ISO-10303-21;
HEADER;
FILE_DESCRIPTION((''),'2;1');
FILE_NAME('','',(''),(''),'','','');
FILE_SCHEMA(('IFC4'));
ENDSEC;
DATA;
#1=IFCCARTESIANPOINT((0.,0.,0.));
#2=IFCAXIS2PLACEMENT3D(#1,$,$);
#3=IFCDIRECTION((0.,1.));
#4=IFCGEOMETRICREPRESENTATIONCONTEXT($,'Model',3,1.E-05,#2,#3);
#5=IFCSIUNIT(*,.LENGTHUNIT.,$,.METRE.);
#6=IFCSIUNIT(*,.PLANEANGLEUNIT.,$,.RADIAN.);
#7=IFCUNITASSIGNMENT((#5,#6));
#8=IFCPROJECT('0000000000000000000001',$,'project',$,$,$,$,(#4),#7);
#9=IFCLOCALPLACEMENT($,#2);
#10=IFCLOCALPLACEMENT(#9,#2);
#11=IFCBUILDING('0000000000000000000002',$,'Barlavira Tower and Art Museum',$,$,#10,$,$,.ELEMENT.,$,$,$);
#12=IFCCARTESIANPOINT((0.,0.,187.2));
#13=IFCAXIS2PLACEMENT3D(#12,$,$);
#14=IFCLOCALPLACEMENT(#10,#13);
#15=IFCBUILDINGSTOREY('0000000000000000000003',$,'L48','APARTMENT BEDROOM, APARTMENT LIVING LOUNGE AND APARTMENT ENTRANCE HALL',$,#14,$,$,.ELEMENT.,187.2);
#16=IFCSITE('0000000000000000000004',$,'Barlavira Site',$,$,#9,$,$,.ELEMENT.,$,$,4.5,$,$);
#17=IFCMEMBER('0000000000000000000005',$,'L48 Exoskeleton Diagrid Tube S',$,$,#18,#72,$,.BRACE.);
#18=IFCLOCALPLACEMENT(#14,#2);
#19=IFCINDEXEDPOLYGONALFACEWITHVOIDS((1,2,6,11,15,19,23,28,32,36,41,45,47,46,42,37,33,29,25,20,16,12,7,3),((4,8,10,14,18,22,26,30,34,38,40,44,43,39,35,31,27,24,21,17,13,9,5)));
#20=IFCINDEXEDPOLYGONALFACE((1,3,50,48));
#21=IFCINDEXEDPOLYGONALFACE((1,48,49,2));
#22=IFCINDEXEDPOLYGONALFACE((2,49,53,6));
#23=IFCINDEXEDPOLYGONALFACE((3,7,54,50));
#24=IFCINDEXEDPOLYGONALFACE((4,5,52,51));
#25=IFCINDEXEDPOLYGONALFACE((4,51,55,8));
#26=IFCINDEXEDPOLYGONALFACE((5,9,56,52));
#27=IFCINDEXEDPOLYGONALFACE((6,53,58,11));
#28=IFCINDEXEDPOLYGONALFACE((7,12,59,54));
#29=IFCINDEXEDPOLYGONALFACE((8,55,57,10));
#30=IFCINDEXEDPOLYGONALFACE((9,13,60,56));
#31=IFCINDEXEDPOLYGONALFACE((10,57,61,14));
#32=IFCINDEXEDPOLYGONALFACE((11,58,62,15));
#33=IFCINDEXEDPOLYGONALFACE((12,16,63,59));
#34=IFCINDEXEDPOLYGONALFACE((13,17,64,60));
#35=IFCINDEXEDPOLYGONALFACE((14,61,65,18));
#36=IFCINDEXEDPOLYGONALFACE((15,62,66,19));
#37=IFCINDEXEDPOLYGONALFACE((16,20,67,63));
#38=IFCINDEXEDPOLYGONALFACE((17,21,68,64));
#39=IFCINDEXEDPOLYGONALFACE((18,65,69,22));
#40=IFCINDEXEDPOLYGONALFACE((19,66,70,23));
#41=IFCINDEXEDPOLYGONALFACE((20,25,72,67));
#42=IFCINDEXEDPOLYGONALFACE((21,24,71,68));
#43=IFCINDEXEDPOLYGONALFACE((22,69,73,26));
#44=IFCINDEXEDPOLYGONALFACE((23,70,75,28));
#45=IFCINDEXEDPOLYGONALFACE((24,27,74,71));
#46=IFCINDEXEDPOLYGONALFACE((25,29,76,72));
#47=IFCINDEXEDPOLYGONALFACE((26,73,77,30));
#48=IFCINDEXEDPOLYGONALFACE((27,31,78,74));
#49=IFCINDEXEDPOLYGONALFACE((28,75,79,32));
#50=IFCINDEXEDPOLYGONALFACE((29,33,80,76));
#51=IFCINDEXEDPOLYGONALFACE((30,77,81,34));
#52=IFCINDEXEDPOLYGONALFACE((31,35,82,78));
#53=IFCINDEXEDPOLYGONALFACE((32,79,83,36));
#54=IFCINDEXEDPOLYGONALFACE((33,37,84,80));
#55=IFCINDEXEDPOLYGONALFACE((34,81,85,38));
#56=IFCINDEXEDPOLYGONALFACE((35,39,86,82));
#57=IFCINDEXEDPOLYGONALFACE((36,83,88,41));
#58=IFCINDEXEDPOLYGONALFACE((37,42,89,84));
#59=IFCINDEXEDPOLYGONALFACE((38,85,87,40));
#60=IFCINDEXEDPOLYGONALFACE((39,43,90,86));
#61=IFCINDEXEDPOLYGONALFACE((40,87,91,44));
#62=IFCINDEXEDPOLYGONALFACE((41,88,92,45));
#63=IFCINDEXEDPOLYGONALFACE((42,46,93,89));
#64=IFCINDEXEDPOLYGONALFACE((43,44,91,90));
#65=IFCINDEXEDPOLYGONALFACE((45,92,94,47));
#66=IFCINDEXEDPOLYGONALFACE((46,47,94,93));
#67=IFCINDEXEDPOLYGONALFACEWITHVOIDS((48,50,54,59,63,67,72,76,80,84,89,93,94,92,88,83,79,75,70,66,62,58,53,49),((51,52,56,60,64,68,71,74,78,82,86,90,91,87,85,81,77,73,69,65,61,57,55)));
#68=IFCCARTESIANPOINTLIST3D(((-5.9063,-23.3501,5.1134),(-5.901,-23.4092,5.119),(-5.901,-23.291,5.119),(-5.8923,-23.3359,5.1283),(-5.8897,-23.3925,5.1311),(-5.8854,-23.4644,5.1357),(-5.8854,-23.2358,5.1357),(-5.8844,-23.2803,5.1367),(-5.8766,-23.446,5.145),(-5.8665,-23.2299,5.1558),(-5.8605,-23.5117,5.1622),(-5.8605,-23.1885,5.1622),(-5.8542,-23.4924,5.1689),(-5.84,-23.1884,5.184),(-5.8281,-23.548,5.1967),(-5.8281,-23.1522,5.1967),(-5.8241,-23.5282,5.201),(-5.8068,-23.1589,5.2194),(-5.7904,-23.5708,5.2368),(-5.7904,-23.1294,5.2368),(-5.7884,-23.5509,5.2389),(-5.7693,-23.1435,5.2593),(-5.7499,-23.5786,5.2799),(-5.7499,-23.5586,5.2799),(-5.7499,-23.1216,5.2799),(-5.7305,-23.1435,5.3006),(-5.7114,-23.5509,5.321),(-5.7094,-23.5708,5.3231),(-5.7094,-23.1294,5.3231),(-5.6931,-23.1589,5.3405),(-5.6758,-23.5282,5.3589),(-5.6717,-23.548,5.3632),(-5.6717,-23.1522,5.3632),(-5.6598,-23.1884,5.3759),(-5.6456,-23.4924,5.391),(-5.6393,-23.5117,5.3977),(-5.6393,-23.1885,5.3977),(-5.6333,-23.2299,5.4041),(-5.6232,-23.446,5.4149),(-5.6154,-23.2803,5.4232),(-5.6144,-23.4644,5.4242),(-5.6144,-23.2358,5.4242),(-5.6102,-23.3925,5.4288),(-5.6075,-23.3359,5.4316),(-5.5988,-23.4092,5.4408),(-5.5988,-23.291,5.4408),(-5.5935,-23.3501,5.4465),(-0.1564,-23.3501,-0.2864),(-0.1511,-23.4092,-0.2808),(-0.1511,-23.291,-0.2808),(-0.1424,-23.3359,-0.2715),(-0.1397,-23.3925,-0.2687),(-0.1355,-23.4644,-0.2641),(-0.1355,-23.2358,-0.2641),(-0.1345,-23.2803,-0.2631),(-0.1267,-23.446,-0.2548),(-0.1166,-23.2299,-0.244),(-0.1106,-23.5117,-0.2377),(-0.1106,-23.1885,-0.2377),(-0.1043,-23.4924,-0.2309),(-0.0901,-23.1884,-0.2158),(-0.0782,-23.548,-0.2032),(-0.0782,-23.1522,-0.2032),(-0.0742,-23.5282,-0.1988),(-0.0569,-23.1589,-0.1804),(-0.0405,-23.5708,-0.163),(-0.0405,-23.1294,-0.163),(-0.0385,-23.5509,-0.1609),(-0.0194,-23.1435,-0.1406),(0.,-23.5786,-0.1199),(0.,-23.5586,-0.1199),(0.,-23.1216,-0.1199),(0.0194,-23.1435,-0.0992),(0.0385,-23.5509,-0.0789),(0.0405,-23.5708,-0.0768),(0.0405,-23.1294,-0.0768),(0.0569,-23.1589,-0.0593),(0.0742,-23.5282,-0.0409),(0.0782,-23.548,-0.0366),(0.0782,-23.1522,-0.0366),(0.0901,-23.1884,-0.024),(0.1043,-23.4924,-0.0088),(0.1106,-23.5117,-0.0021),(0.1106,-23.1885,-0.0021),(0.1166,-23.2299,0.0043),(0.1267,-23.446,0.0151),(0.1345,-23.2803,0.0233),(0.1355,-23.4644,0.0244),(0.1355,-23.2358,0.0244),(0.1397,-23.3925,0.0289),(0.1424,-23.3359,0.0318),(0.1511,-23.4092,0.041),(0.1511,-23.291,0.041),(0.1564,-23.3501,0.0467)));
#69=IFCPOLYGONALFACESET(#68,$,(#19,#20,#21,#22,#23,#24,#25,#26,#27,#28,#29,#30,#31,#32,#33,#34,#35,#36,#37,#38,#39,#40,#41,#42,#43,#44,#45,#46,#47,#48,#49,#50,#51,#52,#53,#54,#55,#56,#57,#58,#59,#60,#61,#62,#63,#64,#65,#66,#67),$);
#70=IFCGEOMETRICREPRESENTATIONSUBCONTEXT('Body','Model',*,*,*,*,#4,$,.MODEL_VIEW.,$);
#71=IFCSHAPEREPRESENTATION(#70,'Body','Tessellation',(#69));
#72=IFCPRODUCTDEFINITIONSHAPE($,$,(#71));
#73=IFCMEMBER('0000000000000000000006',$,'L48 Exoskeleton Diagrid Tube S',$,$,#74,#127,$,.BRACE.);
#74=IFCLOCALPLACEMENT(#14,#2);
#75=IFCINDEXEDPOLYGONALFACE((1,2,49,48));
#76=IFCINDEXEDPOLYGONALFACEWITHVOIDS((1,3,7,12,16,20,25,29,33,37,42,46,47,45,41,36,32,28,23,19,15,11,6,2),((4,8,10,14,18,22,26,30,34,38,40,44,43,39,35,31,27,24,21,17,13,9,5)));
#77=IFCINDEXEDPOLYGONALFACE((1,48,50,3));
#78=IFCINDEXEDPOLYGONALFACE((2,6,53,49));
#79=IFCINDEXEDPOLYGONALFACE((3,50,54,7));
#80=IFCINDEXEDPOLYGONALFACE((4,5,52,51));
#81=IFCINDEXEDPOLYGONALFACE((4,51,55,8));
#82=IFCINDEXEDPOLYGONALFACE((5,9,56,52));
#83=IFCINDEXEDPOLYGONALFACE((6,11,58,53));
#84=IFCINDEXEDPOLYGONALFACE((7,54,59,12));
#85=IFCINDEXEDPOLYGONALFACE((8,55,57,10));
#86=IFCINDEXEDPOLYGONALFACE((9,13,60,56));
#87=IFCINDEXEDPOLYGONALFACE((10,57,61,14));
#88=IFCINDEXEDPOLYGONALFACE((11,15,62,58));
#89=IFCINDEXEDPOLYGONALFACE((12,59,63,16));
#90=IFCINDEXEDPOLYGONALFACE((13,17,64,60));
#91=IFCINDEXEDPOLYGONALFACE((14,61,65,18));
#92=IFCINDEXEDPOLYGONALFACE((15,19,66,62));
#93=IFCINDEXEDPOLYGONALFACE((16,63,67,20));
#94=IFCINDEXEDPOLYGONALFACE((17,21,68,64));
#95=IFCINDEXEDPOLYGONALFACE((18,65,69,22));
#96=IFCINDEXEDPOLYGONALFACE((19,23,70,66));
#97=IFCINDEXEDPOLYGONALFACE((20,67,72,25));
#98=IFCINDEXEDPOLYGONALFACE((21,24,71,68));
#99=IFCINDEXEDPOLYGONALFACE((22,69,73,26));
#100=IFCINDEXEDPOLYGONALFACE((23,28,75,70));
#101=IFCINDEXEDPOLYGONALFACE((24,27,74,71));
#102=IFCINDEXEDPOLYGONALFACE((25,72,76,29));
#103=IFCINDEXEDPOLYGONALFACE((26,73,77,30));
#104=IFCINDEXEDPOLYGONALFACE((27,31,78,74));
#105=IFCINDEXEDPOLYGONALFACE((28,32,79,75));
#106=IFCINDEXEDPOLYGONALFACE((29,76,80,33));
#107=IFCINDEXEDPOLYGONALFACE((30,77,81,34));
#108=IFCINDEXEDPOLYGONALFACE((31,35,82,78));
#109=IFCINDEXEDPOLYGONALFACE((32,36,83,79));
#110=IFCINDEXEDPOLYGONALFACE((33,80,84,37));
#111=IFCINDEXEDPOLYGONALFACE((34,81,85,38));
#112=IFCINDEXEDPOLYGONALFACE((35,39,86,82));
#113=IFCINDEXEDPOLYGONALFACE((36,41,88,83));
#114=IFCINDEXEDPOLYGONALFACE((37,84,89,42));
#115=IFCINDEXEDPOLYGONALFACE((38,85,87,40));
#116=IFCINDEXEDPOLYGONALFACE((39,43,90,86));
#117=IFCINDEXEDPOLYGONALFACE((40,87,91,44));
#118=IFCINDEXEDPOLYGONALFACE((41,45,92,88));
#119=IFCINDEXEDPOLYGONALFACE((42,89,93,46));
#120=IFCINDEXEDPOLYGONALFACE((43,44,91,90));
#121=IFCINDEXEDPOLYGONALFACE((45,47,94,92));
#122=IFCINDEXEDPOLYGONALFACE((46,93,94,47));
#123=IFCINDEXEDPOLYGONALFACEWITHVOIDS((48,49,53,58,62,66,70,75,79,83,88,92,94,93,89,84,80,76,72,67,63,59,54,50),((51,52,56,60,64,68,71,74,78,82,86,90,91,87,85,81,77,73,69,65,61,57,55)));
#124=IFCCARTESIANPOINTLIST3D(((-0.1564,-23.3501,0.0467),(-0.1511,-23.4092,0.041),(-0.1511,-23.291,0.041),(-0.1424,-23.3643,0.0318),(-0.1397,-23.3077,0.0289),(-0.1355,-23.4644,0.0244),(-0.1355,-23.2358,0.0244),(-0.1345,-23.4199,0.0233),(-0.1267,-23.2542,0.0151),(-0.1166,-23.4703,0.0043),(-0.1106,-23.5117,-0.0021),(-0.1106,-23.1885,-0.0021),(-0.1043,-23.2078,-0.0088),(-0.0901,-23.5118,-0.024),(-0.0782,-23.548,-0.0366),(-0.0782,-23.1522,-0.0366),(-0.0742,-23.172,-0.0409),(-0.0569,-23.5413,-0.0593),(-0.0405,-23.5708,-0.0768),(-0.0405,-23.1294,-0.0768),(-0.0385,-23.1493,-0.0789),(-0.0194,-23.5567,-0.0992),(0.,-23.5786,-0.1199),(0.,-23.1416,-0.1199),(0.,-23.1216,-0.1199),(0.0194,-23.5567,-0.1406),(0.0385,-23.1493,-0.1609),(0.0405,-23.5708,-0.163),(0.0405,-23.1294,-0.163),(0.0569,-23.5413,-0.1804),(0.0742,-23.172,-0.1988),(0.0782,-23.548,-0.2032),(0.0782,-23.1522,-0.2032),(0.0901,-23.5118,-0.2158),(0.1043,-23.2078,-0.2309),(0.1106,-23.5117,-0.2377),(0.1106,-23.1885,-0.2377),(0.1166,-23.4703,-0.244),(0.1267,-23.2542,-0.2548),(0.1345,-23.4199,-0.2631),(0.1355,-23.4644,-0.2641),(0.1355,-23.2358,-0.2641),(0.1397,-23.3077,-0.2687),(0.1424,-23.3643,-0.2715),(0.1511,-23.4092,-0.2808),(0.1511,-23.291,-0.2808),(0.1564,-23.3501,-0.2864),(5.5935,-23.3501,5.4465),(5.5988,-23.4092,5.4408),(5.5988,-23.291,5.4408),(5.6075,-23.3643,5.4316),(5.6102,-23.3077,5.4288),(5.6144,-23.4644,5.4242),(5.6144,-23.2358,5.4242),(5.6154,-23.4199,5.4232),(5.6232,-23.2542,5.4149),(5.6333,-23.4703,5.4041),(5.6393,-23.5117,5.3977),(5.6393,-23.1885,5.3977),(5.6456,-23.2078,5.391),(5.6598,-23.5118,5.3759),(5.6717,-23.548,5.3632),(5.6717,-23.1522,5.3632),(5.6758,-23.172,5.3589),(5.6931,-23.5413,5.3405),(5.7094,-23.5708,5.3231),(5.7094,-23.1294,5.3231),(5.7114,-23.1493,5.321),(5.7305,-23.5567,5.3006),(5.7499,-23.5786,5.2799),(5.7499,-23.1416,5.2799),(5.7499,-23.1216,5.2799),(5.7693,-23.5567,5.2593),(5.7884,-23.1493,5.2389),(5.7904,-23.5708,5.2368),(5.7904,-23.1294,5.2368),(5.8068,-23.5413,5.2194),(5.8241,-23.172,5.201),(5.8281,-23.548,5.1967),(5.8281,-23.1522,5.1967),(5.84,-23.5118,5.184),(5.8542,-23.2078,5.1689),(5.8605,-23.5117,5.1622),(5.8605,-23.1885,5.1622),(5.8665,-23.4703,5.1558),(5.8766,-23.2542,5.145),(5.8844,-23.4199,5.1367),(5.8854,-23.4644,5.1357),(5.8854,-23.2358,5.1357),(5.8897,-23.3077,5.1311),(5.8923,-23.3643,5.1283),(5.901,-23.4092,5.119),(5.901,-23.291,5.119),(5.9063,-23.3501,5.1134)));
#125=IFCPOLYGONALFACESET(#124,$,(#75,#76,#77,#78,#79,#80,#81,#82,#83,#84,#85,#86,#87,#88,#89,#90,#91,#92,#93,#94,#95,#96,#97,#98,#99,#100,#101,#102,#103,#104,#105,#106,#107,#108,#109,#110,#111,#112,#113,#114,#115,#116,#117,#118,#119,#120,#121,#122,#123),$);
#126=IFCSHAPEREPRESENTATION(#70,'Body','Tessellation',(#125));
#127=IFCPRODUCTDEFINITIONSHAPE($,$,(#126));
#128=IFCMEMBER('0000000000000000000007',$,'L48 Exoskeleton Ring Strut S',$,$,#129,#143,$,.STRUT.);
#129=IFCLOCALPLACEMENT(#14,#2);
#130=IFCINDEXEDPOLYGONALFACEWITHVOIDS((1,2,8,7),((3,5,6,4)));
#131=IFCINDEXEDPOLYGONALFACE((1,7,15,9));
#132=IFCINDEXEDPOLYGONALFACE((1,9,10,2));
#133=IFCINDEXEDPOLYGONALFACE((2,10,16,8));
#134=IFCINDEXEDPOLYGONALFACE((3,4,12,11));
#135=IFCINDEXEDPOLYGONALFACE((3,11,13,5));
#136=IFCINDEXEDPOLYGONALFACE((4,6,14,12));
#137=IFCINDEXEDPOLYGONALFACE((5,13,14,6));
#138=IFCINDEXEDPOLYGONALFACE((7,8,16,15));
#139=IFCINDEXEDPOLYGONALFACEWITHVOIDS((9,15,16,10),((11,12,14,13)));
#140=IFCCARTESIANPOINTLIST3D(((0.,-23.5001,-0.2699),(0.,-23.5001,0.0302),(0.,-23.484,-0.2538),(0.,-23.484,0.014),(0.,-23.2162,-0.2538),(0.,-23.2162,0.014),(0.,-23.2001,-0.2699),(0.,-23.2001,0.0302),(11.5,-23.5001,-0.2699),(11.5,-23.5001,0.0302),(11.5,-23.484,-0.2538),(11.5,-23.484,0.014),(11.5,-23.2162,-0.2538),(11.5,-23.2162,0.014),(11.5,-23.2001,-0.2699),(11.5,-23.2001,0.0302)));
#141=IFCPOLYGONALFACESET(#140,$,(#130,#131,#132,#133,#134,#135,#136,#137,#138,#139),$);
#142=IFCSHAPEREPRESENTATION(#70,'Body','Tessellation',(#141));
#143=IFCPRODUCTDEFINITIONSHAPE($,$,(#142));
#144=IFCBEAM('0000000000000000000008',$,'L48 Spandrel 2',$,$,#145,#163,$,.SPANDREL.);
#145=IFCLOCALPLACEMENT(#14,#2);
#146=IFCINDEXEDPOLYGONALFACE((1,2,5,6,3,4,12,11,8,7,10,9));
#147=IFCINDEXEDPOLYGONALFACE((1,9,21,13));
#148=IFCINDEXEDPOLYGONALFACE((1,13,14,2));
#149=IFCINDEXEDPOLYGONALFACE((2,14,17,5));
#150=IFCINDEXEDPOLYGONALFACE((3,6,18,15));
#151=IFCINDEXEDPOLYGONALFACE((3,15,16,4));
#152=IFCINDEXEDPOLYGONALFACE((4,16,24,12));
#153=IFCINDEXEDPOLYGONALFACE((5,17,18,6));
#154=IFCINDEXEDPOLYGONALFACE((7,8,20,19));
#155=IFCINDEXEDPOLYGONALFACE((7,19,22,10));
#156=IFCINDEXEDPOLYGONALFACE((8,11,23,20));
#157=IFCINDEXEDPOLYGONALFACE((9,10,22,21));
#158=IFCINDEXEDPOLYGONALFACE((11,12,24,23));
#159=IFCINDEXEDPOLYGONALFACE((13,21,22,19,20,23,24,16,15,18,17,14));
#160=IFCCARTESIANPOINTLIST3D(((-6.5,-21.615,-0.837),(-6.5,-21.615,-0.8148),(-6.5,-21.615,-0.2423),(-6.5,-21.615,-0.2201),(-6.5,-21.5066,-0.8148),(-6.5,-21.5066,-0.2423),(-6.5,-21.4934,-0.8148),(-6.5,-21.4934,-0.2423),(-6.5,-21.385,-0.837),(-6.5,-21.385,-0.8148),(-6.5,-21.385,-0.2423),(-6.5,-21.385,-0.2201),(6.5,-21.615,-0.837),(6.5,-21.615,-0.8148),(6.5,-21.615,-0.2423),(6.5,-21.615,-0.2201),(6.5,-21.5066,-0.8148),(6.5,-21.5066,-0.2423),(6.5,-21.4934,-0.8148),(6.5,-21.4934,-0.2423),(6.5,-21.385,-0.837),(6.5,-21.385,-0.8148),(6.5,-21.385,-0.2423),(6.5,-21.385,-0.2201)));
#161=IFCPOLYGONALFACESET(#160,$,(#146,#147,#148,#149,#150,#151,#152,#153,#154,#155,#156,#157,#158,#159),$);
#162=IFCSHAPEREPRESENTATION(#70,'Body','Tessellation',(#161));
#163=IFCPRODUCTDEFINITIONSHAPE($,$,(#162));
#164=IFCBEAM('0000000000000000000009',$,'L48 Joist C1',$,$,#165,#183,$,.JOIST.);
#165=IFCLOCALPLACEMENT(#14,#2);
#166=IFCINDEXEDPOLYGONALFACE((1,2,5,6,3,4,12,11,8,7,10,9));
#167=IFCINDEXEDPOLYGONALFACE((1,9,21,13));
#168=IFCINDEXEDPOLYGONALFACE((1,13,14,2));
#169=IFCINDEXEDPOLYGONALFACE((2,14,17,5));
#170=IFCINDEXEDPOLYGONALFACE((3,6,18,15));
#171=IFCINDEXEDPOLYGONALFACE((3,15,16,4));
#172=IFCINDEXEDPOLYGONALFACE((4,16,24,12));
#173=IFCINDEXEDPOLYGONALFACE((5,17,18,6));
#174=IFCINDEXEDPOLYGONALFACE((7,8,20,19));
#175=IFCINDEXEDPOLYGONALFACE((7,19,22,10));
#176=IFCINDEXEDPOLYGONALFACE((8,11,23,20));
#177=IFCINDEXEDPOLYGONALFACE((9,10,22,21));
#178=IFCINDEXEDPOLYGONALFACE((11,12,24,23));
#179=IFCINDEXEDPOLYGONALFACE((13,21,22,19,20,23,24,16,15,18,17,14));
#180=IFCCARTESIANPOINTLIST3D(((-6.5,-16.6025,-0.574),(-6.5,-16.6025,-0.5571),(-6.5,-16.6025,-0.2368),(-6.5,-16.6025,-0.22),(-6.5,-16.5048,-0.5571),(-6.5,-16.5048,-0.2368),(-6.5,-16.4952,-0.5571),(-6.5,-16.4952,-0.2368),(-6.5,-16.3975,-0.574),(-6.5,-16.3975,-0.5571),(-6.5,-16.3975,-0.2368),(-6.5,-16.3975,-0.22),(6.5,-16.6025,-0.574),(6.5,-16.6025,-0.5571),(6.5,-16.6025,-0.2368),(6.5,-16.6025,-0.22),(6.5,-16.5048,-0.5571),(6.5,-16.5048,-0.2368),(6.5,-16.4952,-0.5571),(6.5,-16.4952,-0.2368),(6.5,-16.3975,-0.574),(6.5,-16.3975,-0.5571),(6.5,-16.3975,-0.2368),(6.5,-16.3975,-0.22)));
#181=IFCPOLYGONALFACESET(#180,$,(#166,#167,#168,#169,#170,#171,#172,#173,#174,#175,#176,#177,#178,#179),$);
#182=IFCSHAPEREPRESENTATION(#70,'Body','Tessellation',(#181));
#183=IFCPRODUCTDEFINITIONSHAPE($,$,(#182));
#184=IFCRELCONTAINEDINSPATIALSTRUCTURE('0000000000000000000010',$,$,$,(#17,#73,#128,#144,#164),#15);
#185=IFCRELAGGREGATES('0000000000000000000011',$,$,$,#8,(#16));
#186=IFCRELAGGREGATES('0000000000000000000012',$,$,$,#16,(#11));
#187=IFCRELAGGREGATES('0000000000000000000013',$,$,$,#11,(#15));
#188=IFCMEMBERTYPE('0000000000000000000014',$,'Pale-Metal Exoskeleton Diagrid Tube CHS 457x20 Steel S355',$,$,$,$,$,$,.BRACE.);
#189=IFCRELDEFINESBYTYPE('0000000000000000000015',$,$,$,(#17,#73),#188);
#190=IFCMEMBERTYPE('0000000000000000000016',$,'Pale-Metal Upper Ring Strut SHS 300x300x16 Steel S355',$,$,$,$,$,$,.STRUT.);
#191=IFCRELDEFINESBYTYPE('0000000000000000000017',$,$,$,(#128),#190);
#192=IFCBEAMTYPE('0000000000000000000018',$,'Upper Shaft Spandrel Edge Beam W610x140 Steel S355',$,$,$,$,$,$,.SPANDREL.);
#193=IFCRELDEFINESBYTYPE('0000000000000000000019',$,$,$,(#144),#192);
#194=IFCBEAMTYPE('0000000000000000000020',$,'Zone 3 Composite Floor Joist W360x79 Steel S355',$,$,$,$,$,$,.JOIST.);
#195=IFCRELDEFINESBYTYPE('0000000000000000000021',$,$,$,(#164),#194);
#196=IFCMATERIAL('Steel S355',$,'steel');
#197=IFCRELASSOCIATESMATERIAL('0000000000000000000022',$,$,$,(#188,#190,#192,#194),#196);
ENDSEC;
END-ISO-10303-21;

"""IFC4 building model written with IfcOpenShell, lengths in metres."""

from ifc_helpers import new_model, si_unit, direction, frame, origin, origin_2d, place, context, subcontext, project, spatial, hollow_rectangle, hollow_circle, i_section, extrude, material, material_profile, profile_set, type_object, element, save


model = new_model("IFC4")

# Units and contexts
model_context = context("Model", 3, precision=1e-05, world=origin(), true_north=direction((0.0, 1.0)))
body_context = subcontext(model_context, "Body", "Model", "MODEL_VIEW")
ifc_project = project(units=[si_unit("LENGTHUNIT", "METRE"), si_unit("PLANEANGLEUNIT", "RADIAN")], contexts=[model_context])

# Site, building, storey
site_placement = place(None, origin())
site = spatial("IfcSite", under=ifc_project, at=site_placement, Name="Barlavira Site", CompositionType="ELEMENT", RefElevation=4.5)
building_placement = place(site_placement, origin())
building = spatial("IfcBuilding", under=site, at=building_placement, Name="Barlavira Tower and Art Museum", CompositionType="ELEMENT")
storey_placement = place(building_placement, frame((0.0, 0.0, 187.2)))
storey = spatial("IfcBuildingStorey", under=building, at=storey_placement, Name="L48", Description="APARTMENT BEDROOM, APARTMENT LIVING LOUNGE AND APARTMENT ENTRANCE HALL", CompositionType="ELEMENT", Elevation=187.2)

# Members
ifc_material_1 = material(Name="Steel S355", Category="steel")
ifc_material_profile_1 = material_profile(ifc_material_1, hollow_circle(Radius=0.2285, WallThickness=0.02, at=origin_2d()), Name="CHS 457.0x20.0")
ifc_profile_set_1 = profile_set([ifc_material_profile_1], Name="Steel S355")
member_type_1 = type_object("IfcMemberType", Name="Pale-Metal Exoskeleton Diagrid Tube CHS 457x20 Steel S355", PredefinedType="BRACE", material=ifc_profile_set_1)
for number, where, z_axis, x_axis, name in (
    (1, (0.0, -23.3501, -0.1199), (-0.72895, 0.0, 0.684567), (0.0, -1.0, 0.0), "L48 Exoskeleton Diagrid Tube S"),
    (2, (0.0, -23.3501, -0.1199), (0.72895, 0.0, 0.684567), (0.0, 1.0, 0.0), "L48 Exoskeleton Diagrid Tube S"),
):
    element("IfcMember", number, at=place(storey_placement, frame(where, z_axis=z_axis, x_axis=x_axis)), inside=storey, type_object=member_type_1, Name=name, PredefinedType="BRACE", context=body_context, shape_type="SweptSolid", body=[
        extrude(hollow_circle(Radius=0.2285, WallThickness=0.02, at=origin_2d()), origin(), (0.0, 0.0, 1.0), 7.8879),
    ])
ifc_material_profile_2 = material_profile(ifc_material_1, hollow_rectangle(XDim=0.3, YDim=0.3, WallThickness=0.0161, at=origin_2d()), Name="SHS 300x300x16.0")
ifc_profile_set_2 = profile_set([ifc_material_profile_2], Name="Steel S355")
member_type_2 = type_object("IfcMemberType", Name="Pale-Metal Upper Ring Strut SHS 300x300x16 Steel S355", PredefinedType="STRUT", material=ifc_profile_set_2)
member_1_placement = place(storey_placement, frame((0.0, -23.3501, -0.1199), z_axis=(1.0, 0.0, 0.0), x_axis=(0.0, 1.0, 0.0)))
element("IfcMember", 3, at=member_1_placement, inside=storey, type_object=member_type_2, Name="L48 Exoskeleton Ring Strut S", PredefinedType="STRUT", context=body_context, shape_type="SweptSolid", body=[
    extrude(hollow_rectangle(XDim=0.3, YDim=0.3, WallThickness=0.0161, at=origin_2d()), origin(), (0.0, 0.0, 1.0), 11.5),
])

# Beams
ifc_material_profile_3 = material_profile(ifc_material_1, i_section(OverallWidth=0.23, OverallDepth=0.6169, WebThickness=0.0132, FlangeThickness=0.0222, at=origin_2d()), Name="W610x140.0")
ifc_profile_set_3 = profile_set([ifc_material_profile_3], Name="Steel S355")
beam_type_1 = type_object("IfcBeamType", Name="Upper Shaft Spandrel Edge Beam W610x140 Steel S355", PredefinedType="SPANDREL", material=ifc_profile_set_3)
beam_1_placement = place(storey_placement, frame((-6.5, -21.5, -0.5286), z_axis=(1.0, 0.0, 0.0), x_axis=(0.0, 1.0, 0.0)))
element("IfcBeam", 4, at=beam_1_placement, inside=storey, type_object=beam_type_1, Name="L48 Spandrel 2", PredefinedType="SPANDREL", context=body_context, shape_type="SweptSolid", body=[
    extrude(i_section(OverallWidth=0.23, OverallDepth=0.6169, WebThickness=0.0132, FlangeThickness=0.0222, at=origin_2d()), origin(), (0.0, 0.0, 1.0), 13.0),
])
ifc_material_profile_4 = material_profile(ifc_material_1, i_section(OverallWidth=0.2051, OverallDepth=0.354, WebThickness=0.0095, FlangeThickness=0.0168, at=origin_2d()), Name="W360x79.0")
ifc_profile_set_4 = profile_set([ifc_material_profile_4], Name="Steel S355")
beam_type_2 = type_object("IfcBeamType", Name="Zone 3 Composite Floor Joist W360x79 Steel S355", PredefinedType="JOIST", material=ifc_profile_set_4)
beam_2_placement = place(storey_placement, frame((-6.5, -16.5, -0.397), z_axis=(1.0, 0.0, 0.0), x_axis=(0.0, 1.0, 0.0)))
element("IfcBeam", 5, at=beam_2_placement, inside=storey, type_object=beam_type_2, Name="L48 Joist C1", PredefinedType="JOIST", context=body_context, shape_type="SweptSolid", body=[
    extrude(i_section(OverallWidth=0.2051, OverallDepth=0.354, WebThickness=0.0095, FlangeThickness=0.0168, at=origin_2d()), origin(), (0.0, 0.0, 1.0), 13.0),
])

save(model, "model.ifc")
